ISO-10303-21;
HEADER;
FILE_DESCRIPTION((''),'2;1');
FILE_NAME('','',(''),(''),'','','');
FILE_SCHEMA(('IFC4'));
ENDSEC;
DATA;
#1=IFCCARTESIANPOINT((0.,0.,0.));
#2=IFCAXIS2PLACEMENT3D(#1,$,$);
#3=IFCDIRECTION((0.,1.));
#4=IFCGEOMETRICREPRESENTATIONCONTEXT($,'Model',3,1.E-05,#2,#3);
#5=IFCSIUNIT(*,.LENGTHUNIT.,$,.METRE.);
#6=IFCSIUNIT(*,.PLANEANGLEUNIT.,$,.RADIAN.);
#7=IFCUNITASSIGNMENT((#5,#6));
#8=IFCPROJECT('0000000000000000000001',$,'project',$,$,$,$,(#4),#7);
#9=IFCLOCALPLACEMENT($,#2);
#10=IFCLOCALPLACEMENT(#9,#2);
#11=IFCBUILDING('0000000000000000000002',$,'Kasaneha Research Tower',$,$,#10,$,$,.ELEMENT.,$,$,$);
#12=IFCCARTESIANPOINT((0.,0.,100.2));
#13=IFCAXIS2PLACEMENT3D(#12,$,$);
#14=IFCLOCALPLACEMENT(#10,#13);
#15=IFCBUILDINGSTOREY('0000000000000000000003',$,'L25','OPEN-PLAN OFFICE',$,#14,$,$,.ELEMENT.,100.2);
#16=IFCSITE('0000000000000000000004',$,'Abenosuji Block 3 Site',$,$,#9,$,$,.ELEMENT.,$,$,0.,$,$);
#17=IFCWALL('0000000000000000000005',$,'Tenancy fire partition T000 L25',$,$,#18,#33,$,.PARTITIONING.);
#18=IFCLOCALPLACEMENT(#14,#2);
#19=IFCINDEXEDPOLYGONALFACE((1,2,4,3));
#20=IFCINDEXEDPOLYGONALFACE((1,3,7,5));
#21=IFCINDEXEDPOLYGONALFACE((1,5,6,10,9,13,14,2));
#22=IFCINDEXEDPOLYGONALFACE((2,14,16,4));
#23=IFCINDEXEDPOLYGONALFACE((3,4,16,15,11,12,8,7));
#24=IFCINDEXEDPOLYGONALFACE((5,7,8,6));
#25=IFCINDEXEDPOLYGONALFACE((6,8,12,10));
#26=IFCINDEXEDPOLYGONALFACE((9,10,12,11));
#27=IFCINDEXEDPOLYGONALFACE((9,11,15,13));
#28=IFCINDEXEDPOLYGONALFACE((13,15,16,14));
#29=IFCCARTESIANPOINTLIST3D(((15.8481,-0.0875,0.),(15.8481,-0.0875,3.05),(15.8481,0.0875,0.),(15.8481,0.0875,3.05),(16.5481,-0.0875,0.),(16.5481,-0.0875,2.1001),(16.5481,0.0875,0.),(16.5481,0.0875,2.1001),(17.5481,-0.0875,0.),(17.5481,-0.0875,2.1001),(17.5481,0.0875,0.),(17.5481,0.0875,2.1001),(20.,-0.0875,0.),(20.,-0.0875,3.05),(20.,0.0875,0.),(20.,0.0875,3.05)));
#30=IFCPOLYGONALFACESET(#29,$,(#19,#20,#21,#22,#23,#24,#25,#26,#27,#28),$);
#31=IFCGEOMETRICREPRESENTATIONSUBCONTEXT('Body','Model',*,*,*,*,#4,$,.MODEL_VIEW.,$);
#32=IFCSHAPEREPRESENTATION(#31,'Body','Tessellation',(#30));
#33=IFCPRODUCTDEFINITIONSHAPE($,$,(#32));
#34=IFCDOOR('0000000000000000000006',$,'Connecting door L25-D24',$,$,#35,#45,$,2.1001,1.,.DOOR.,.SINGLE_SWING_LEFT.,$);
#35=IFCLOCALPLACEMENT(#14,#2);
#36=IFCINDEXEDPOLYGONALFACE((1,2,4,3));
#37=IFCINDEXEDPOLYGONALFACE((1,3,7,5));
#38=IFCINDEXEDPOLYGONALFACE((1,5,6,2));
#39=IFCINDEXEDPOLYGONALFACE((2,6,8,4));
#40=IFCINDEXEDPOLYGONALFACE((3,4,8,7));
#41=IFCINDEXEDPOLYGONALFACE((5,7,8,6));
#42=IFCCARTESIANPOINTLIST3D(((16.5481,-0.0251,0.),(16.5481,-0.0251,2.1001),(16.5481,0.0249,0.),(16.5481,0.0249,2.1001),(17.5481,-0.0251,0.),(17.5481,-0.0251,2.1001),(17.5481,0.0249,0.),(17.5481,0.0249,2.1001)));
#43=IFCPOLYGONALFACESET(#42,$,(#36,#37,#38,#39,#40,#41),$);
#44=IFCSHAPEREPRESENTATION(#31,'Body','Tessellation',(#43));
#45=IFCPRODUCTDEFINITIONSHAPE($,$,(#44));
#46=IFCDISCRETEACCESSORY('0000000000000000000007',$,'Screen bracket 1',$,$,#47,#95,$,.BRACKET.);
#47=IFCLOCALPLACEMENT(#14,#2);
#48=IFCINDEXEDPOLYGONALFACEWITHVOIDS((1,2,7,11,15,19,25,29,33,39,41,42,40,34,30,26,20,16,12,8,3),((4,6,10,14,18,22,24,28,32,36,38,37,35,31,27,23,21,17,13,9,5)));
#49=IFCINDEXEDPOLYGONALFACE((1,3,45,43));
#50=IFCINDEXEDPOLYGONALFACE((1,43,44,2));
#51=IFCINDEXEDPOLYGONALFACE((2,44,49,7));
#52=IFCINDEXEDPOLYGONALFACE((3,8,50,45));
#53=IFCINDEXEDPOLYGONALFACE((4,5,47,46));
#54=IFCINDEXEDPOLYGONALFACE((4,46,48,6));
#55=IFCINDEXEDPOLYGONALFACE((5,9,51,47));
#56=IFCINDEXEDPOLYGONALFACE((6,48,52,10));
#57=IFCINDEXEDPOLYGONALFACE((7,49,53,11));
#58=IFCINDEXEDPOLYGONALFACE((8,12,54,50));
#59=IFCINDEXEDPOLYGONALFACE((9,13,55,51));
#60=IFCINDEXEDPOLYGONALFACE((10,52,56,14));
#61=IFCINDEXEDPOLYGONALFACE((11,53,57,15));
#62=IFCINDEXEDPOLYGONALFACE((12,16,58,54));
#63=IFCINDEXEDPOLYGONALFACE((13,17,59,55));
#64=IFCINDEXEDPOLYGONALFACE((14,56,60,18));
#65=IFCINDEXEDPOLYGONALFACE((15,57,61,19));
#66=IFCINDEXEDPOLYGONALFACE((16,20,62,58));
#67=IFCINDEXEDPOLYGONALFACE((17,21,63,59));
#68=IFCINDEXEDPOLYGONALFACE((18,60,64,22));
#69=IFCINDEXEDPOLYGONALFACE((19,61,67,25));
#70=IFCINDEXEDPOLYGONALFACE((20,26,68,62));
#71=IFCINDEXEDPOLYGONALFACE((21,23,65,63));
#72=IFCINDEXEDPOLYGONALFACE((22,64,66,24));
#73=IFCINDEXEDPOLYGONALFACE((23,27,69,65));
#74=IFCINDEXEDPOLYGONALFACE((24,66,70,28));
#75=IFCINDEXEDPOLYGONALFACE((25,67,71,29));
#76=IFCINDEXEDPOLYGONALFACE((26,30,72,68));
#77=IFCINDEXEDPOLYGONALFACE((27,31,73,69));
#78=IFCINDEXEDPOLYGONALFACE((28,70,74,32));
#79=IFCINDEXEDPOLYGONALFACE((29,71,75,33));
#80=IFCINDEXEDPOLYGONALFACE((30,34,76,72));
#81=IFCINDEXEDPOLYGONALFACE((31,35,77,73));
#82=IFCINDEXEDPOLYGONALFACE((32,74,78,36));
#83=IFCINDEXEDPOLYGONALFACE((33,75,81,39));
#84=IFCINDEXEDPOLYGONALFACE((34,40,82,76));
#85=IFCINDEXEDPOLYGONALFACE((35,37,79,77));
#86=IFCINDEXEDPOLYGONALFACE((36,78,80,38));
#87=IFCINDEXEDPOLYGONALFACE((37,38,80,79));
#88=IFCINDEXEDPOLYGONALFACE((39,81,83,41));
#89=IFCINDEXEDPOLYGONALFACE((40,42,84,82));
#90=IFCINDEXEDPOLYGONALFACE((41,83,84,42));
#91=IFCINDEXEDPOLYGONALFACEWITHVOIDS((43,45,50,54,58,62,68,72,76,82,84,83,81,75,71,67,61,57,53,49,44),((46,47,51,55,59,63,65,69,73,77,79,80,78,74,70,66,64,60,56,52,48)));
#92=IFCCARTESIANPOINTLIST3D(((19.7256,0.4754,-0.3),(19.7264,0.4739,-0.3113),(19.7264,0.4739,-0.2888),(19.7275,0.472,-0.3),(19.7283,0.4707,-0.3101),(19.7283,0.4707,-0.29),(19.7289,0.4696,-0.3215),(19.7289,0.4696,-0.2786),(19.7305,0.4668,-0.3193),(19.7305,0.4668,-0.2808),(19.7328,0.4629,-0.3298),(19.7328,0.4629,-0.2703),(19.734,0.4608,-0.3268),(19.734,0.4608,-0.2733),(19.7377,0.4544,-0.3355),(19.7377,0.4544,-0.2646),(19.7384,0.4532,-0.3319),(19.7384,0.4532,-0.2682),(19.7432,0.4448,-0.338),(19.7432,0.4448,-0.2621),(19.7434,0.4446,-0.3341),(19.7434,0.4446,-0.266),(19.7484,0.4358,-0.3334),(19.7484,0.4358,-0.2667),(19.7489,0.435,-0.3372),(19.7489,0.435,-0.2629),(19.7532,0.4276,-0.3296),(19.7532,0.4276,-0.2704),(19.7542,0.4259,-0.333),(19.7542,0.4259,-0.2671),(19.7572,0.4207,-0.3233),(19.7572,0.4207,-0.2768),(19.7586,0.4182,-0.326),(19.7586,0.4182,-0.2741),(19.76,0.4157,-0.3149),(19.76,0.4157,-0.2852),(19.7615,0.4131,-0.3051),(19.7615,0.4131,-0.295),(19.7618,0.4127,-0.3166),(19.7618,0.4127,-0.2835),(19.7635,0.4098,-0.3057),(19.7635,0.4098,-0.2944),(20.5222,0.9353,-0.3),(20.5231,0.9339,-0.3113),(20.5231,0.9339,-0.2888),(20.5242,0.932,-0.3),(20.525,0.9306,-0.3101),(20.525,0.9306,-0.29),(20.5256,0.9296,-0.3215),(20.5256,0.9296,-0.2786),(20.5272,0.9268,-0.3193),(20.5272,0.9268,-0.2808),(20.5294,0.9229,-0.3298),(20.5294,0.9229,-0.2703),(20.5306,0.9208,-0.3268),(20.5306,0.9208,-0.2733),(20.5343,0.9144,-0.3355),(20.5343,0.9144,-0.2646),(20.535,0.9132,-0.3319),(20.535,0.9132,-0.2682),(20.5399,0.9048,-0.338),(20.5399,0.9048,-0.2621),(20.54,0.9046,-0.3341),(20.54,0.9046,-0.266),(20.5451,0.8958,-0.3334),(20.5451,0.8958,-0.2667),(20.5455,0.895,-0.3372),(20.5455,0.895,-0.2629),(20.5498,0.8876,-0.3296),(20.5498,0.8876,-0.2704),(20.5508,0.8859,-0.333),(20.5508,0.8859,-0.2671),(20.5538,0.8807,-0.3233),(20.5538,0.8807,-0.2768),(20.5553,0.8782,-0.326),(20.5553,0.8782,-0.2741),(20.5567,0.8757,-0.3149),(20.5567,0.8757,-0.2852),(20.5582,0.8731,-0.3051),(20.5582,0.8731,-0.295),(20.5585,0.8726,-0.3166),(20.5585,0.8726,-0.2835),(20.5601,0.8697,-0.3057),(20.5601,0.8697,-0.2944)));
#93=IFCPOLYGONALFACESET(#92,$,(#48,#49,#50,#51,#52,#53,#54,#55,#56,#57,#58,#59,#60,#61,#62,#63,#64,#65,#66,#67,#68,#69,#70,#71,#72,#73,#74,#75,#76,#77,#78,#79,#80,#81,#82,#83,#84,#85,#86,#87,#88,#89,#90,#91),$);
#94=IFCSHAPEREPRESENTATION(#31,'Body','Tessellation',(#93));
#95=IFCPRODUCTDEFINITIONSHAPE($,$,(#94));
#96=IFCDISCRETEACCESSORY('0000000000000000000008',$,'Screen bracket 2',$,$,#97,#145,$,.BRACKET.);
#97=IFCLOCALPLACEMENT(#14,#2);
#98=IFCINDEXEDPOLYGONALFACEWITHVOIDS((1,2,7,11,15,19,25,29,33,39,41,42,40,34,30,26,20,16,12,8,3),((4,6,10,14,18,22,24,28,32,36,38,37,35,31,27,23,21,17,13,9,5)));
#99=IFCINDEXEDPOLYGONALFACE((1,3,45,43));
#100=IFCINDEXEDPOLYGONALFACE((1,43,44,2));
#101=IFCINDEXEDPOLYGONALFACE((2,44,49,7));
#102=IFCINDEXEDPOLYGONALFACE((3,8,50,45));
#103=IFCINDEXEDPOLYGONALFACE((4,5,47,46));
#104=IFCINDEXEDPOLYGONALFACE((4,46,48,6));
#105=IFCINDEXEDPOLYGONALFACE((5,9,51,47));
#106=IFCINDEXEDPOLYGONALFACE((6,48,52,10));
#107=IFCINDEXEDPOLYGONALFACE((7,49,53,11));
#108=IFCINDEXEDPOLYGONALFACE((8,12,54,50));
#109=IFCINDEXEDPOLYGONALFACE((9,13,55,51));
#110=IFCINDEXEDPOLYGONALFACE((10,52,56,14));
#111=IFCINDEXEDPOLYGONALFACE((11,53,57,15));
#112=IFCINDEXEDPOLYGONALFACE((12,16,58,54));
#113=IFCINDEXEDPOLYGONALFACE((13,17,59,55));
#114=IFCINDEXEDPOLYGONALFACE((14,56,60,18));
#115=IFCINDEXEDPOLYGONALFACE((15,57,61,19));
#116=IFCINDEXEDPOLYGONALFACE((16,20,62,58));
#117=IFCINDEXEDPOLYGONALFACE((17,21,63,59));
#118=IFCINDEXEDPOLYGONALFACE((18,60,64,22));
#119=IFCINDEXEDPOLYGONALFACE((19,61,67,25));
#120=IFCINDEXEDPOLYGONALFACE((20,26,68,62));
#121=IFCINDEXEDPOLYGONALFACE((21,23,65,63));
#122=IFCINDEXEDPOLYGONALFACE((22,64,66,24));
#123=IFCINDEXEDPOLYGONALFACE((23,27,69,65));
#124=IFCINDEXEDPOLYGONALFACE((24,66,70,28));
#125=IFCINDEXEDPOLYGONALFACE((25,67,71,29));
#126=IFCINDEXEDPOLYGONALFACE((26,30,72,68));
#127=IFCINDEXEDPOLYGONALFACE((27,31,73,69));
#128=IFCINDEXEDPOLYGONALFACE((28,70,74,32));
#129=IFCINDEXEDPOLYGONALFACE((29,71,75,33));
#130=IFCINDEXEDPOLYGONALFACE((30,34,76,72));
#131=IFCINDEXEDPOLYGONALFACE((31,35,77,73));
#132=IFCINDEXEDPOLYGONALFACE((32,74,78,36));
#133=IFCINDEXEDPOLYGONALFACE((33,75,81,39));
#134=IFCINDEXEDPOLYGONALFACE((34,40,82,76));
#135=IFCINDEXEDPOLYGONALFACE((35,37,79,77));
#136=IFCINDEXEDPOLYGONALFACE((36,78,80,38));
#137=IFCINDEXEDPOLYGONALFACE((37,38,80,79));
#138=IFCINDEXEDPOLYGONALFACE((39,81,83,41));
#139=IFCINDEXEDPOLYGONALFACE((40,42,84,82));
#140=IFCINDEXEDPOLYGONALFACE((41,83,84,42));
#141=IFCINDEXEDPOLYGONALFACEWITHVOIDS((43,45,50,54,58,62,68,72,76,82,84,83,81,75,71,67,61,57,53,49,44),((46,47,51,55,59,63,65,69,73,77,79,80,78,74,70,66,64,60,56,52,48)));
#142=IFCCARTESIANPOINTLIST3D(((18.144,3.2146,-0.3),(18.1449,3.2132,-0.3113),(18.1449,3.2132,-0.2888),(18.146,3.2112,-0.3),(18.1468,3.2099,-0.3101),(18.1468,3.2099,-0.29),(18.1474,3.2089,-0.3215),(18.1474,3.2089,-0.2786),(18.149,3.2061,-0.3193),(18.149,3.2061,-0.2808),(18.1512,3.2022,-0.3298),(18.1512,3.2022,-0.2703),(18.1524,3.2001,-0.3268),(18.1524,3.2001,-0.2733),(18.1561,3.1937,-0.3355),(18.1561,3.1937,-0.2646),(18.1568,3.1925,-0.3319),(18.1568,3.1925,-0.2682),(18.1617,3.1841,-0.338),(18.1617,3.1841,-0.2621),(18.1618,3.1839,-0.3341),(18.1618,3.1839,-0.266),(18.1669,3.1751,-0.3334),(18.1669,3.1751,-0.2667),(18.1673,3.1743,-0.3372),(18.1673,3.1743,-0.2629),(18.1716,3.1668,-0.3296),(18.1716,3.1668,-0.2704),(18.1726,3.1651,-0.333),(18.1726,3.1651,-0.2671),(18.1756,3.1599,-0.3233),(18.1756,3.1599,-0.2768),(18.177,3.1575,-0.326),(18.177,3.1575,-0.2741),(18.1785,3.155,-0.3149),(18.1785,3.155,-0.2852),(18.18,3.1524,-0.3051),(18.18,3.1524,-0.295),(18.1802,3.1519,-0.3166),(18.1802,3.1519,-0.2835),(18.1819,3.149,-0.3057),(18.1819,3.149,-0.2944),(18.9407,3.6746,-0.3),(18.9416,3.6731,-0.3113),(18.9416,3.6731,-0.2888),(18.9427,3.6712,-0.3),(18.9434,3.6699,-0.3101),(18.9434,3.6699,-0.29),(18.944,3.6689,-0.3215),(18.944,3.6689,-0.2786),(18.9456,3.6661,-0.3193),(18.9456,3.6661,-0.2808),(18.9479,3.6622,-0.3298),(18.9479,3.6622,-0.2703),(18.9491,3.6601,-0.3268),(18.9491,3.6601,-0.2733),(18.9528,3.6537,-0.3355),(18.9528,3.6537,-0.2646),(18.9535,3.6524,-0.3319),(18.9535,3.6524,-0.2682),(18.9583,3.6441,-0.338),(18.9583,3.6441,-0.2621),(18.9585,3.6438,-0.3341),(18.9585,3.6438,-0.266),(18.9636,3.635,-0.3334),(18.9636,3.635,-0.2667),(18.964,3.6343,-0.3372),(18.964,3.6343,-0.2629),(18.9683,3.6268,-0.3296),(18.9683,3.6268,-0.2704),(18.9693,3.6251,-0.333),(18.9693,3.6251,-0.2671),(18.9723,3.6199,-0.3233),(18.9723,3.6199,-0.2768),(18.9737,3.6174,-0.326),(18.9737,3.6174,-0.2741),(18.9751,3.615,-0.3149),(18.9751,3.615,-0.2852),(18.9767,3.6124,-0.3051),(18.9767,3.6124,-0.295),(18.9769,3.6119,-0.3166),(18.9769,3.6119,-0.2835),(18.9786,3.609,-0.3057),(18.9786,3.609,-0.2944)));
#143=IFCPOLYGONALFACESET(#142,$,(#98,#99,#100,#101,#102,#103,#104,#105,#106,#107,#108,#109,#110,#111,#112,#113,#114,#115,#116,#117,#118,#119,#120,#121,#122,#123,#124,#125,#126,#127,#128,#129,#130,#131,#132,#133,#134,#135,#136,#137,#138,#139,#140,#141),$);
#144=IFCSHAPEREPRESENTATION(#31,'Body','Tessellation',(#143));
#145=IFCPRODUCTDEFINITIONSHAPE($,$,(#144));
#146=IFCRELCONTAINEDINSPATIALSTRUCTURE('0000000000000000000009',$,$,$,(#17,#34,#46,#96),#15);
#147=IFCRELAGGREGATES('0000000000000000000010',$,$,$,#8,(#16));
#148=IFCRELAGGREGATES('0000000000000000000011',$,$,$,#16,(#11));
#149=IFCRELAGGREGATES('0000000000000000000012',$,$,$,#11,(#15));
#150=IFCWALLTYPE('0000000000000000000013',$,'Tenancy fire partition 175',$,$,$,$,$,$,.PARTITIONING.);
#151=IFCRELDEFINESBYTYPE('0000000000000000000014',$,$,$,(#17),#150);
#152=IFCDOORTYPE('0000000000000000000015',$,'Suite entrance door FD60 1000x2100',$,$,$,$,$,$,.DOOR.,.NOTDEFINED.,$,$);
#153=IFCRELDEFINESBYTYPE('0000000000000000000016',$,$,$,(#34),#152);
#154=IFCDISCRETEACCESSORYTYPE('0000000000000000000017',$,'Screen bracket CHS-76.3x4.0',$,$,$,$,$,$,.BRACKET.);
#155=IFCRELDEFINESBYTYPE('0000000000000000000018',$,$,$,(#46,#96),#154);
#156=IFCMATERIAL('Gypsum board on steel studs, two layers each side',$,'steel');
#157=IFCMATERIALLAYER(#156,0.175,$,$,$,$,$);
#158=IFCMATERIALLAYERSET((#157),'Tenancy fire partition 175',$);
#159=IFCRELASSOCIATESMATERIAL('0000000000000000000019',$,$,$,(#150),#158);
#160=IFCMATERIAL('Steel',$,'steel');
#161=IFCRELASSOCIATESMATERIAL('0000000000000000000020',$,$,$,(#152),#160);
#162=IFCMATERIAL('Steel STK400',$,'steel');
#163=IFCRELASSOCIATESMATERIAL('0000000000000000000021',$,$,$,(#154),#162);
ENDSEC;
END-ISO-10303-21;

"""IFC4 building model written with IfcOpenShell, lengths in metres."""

from ifc_helpers import new_model, si_unit, direction, frame, frame_2d, origin, origin_2d, place, context, subcontext, project, spatial, rectangle, hollow_circle, extrude, material, layer, layer_set, material_profile, profile_set, type_object, element, fill, save


model = new_model("IFC4")

# Units and contexts
model_context = context("Model", 3, precision=1e-05, world=origin(), true_north=direction((0.0, 1.0)))
body_context = subcontext(model_context, "Body", "Model", "MODEL_VIEW")
ifc_project = project(units=[si_unit("LENGTHUNIT", "METRE"), si_unit("PLANEANGLEUNIT", "RADIAN")], contexts=[model_context])

# Site, building, storey
site_placement = place(None, origin())
site = spatial("IfcSite", under=ifc_project, at=site_placement, Name="Abenosuji Block 3 Site", CompositionType="ELEMENT", RefElevation=0.0)
building_placement = place(site_placement, origin())
building = spatial("IfcBuilding", under=site, at=building_placement, Name="Kasaneha Research Tower", CompositionType="ELEMENT")
storey_placement = place(building_placement, frame((0.0, 0.0, 100.2)))
storey = spatial("IfcBuildingStorey", under=building, at=storey_placement, Name="L25", Description="OPEN-PLAN OFFICE", CompositionType="ELEMENT", Elevation=100.2)

# Wall, opening, door
ifc_material_1 = material(Name="Gypsum board on steel studs, two layers each side", Category="steel")
ifc_layer_1 = layer(ifc_material_1, 0.175)
ifc_layer_set_1 = layer_set([ifc_layer_1], Name="Tenancy fire partition 175")
wall_type_1 = type_object("IfcWallType", Name="Tenancy fire partition 175", PredefinedType="PARTITIONING", material=ifc_layer_set_1)
wall_1_placement = place(storey_placement, frame((15.8481, 0.0, 0.0), z_axis=(0.0, 0.0, 1.0), x_axis=(1.0, 0.0, 0.0)))
wall_1 = element("IfcWall", 1, at=wall_1_placement, inside=storey, type_object=wall_type_1, Name="Tenancy fire partition T000 L25", PredefinedType="PARTITIONING", context=body_context, shape_type="SweptSolid", body=[
    extrude(rectangle(XDim=4.1519, YDim=0.175, at=frame_2d((2.0759, 0.0))), origin(), (0.0, 0.0, 1.0), 3.05),
])
opening_1_placement = place(wall_1_placement, frame((0.7, 0.0, 0.0)))
opening_1 = element("IfcOpeningElement", 2, at=opening_1_placement, cuts=wall_1, PredefinedType="OPENING", context=body_context, shape_type="SweptSolid", body=[
    extrude(rectangle(XDim=1.0, YDim=2.1001, at=frame_2d((0.5, 1.05))), frame((0.0, 0.0977, 0.0), z_axis=(0.0, -1.0, 0.0), x_axis=(1.0, 0.0, 0.0)), (0.0, 0.0, 1.0), 0.1951),
])
ifc_material_2 = material(Name="Steel", Category="steel")
door_type_1 = type_object("IfcDoorType", Name="Suite entrance door FD60 1000x2100", OperationType="NOTDEFINED", PredefinedType="DOOR", material=ifc_material_2)
door_1_placement = place(opening_1_placement, origin())
door_1 = element("IfcDoor", 3, at=door_1_placement, inside=storey, type_object=door_type_1, Name="Connecting door L25-D24", OperationType="SINGLE_SWING_LEFT", OverallHeight=2.1001, OverallWidth=1.0, PredefinedType="DOOR", context=body_context, shape_type="SweptSolid", body=[
    extrude(rectangle(XDim=1.0, YDim=2.1001, at=frame_2d((0.5, 1.05))), frame((0.0, 0.0249, 0.0), z_axis=(0.0, -1.0, 0.0), x_axis=(1.0, 0.0, 0.0)), (0.0, 0.0, 1.0), 0.05),
])
fill(opening_1, door_1)

# Discrete accessories
ifc_material_3 = material(Name="Steel STK400", Category="steel")
ifc_material_profile_1 = material_profile(ifc_material_3, hollow_circle(Radius=0.0381, WallThickness=0.0039, at=origin_2d()), Name="CHS-76.3x4.0")
ifc_profile_set_1 = profile_set([ifc_material_profile_1], Name="Steel STK400")
discrete_accessory_type = type_object("IfcDiscreteAccessoryType", Name="Screen bracket CHS-76.3x4.0", PredefinedType="BRACKET", material=ifc_profile_set_1)
for number, where, z_axis, x_axis, name in (
    (4, (19.7446, 0.4424, -0.3), (0.866013, 0.500021, 0.0), (-0.500021, 0.866013, 0.0), "Screen bracket 1"),
    (5, (18.1631, 3.1816, -0.3), (0.866013, 0.500021, 0.0), (-0.500021, 0.866013, 0.0), "Screen bracket 2"),
):
    element("IfcDiscreteAccessory", number, at=place(storey_placement, frame(where, z_axis=z_axis, x_axis=x_axis)), inside=storey, type_object=discrete_accessory_type, Name=name, PredefinedType="BRACKET", context=body_context, shape_type="SweptSolid", body=[
        extrude(hollow_circle(Radius=0.0381, WallThickness=0.0039, at=origin_2d()), origin(), (0.0, 0.0, 1.0), 0.9199),
    ])

save(model, "model.ifc")
